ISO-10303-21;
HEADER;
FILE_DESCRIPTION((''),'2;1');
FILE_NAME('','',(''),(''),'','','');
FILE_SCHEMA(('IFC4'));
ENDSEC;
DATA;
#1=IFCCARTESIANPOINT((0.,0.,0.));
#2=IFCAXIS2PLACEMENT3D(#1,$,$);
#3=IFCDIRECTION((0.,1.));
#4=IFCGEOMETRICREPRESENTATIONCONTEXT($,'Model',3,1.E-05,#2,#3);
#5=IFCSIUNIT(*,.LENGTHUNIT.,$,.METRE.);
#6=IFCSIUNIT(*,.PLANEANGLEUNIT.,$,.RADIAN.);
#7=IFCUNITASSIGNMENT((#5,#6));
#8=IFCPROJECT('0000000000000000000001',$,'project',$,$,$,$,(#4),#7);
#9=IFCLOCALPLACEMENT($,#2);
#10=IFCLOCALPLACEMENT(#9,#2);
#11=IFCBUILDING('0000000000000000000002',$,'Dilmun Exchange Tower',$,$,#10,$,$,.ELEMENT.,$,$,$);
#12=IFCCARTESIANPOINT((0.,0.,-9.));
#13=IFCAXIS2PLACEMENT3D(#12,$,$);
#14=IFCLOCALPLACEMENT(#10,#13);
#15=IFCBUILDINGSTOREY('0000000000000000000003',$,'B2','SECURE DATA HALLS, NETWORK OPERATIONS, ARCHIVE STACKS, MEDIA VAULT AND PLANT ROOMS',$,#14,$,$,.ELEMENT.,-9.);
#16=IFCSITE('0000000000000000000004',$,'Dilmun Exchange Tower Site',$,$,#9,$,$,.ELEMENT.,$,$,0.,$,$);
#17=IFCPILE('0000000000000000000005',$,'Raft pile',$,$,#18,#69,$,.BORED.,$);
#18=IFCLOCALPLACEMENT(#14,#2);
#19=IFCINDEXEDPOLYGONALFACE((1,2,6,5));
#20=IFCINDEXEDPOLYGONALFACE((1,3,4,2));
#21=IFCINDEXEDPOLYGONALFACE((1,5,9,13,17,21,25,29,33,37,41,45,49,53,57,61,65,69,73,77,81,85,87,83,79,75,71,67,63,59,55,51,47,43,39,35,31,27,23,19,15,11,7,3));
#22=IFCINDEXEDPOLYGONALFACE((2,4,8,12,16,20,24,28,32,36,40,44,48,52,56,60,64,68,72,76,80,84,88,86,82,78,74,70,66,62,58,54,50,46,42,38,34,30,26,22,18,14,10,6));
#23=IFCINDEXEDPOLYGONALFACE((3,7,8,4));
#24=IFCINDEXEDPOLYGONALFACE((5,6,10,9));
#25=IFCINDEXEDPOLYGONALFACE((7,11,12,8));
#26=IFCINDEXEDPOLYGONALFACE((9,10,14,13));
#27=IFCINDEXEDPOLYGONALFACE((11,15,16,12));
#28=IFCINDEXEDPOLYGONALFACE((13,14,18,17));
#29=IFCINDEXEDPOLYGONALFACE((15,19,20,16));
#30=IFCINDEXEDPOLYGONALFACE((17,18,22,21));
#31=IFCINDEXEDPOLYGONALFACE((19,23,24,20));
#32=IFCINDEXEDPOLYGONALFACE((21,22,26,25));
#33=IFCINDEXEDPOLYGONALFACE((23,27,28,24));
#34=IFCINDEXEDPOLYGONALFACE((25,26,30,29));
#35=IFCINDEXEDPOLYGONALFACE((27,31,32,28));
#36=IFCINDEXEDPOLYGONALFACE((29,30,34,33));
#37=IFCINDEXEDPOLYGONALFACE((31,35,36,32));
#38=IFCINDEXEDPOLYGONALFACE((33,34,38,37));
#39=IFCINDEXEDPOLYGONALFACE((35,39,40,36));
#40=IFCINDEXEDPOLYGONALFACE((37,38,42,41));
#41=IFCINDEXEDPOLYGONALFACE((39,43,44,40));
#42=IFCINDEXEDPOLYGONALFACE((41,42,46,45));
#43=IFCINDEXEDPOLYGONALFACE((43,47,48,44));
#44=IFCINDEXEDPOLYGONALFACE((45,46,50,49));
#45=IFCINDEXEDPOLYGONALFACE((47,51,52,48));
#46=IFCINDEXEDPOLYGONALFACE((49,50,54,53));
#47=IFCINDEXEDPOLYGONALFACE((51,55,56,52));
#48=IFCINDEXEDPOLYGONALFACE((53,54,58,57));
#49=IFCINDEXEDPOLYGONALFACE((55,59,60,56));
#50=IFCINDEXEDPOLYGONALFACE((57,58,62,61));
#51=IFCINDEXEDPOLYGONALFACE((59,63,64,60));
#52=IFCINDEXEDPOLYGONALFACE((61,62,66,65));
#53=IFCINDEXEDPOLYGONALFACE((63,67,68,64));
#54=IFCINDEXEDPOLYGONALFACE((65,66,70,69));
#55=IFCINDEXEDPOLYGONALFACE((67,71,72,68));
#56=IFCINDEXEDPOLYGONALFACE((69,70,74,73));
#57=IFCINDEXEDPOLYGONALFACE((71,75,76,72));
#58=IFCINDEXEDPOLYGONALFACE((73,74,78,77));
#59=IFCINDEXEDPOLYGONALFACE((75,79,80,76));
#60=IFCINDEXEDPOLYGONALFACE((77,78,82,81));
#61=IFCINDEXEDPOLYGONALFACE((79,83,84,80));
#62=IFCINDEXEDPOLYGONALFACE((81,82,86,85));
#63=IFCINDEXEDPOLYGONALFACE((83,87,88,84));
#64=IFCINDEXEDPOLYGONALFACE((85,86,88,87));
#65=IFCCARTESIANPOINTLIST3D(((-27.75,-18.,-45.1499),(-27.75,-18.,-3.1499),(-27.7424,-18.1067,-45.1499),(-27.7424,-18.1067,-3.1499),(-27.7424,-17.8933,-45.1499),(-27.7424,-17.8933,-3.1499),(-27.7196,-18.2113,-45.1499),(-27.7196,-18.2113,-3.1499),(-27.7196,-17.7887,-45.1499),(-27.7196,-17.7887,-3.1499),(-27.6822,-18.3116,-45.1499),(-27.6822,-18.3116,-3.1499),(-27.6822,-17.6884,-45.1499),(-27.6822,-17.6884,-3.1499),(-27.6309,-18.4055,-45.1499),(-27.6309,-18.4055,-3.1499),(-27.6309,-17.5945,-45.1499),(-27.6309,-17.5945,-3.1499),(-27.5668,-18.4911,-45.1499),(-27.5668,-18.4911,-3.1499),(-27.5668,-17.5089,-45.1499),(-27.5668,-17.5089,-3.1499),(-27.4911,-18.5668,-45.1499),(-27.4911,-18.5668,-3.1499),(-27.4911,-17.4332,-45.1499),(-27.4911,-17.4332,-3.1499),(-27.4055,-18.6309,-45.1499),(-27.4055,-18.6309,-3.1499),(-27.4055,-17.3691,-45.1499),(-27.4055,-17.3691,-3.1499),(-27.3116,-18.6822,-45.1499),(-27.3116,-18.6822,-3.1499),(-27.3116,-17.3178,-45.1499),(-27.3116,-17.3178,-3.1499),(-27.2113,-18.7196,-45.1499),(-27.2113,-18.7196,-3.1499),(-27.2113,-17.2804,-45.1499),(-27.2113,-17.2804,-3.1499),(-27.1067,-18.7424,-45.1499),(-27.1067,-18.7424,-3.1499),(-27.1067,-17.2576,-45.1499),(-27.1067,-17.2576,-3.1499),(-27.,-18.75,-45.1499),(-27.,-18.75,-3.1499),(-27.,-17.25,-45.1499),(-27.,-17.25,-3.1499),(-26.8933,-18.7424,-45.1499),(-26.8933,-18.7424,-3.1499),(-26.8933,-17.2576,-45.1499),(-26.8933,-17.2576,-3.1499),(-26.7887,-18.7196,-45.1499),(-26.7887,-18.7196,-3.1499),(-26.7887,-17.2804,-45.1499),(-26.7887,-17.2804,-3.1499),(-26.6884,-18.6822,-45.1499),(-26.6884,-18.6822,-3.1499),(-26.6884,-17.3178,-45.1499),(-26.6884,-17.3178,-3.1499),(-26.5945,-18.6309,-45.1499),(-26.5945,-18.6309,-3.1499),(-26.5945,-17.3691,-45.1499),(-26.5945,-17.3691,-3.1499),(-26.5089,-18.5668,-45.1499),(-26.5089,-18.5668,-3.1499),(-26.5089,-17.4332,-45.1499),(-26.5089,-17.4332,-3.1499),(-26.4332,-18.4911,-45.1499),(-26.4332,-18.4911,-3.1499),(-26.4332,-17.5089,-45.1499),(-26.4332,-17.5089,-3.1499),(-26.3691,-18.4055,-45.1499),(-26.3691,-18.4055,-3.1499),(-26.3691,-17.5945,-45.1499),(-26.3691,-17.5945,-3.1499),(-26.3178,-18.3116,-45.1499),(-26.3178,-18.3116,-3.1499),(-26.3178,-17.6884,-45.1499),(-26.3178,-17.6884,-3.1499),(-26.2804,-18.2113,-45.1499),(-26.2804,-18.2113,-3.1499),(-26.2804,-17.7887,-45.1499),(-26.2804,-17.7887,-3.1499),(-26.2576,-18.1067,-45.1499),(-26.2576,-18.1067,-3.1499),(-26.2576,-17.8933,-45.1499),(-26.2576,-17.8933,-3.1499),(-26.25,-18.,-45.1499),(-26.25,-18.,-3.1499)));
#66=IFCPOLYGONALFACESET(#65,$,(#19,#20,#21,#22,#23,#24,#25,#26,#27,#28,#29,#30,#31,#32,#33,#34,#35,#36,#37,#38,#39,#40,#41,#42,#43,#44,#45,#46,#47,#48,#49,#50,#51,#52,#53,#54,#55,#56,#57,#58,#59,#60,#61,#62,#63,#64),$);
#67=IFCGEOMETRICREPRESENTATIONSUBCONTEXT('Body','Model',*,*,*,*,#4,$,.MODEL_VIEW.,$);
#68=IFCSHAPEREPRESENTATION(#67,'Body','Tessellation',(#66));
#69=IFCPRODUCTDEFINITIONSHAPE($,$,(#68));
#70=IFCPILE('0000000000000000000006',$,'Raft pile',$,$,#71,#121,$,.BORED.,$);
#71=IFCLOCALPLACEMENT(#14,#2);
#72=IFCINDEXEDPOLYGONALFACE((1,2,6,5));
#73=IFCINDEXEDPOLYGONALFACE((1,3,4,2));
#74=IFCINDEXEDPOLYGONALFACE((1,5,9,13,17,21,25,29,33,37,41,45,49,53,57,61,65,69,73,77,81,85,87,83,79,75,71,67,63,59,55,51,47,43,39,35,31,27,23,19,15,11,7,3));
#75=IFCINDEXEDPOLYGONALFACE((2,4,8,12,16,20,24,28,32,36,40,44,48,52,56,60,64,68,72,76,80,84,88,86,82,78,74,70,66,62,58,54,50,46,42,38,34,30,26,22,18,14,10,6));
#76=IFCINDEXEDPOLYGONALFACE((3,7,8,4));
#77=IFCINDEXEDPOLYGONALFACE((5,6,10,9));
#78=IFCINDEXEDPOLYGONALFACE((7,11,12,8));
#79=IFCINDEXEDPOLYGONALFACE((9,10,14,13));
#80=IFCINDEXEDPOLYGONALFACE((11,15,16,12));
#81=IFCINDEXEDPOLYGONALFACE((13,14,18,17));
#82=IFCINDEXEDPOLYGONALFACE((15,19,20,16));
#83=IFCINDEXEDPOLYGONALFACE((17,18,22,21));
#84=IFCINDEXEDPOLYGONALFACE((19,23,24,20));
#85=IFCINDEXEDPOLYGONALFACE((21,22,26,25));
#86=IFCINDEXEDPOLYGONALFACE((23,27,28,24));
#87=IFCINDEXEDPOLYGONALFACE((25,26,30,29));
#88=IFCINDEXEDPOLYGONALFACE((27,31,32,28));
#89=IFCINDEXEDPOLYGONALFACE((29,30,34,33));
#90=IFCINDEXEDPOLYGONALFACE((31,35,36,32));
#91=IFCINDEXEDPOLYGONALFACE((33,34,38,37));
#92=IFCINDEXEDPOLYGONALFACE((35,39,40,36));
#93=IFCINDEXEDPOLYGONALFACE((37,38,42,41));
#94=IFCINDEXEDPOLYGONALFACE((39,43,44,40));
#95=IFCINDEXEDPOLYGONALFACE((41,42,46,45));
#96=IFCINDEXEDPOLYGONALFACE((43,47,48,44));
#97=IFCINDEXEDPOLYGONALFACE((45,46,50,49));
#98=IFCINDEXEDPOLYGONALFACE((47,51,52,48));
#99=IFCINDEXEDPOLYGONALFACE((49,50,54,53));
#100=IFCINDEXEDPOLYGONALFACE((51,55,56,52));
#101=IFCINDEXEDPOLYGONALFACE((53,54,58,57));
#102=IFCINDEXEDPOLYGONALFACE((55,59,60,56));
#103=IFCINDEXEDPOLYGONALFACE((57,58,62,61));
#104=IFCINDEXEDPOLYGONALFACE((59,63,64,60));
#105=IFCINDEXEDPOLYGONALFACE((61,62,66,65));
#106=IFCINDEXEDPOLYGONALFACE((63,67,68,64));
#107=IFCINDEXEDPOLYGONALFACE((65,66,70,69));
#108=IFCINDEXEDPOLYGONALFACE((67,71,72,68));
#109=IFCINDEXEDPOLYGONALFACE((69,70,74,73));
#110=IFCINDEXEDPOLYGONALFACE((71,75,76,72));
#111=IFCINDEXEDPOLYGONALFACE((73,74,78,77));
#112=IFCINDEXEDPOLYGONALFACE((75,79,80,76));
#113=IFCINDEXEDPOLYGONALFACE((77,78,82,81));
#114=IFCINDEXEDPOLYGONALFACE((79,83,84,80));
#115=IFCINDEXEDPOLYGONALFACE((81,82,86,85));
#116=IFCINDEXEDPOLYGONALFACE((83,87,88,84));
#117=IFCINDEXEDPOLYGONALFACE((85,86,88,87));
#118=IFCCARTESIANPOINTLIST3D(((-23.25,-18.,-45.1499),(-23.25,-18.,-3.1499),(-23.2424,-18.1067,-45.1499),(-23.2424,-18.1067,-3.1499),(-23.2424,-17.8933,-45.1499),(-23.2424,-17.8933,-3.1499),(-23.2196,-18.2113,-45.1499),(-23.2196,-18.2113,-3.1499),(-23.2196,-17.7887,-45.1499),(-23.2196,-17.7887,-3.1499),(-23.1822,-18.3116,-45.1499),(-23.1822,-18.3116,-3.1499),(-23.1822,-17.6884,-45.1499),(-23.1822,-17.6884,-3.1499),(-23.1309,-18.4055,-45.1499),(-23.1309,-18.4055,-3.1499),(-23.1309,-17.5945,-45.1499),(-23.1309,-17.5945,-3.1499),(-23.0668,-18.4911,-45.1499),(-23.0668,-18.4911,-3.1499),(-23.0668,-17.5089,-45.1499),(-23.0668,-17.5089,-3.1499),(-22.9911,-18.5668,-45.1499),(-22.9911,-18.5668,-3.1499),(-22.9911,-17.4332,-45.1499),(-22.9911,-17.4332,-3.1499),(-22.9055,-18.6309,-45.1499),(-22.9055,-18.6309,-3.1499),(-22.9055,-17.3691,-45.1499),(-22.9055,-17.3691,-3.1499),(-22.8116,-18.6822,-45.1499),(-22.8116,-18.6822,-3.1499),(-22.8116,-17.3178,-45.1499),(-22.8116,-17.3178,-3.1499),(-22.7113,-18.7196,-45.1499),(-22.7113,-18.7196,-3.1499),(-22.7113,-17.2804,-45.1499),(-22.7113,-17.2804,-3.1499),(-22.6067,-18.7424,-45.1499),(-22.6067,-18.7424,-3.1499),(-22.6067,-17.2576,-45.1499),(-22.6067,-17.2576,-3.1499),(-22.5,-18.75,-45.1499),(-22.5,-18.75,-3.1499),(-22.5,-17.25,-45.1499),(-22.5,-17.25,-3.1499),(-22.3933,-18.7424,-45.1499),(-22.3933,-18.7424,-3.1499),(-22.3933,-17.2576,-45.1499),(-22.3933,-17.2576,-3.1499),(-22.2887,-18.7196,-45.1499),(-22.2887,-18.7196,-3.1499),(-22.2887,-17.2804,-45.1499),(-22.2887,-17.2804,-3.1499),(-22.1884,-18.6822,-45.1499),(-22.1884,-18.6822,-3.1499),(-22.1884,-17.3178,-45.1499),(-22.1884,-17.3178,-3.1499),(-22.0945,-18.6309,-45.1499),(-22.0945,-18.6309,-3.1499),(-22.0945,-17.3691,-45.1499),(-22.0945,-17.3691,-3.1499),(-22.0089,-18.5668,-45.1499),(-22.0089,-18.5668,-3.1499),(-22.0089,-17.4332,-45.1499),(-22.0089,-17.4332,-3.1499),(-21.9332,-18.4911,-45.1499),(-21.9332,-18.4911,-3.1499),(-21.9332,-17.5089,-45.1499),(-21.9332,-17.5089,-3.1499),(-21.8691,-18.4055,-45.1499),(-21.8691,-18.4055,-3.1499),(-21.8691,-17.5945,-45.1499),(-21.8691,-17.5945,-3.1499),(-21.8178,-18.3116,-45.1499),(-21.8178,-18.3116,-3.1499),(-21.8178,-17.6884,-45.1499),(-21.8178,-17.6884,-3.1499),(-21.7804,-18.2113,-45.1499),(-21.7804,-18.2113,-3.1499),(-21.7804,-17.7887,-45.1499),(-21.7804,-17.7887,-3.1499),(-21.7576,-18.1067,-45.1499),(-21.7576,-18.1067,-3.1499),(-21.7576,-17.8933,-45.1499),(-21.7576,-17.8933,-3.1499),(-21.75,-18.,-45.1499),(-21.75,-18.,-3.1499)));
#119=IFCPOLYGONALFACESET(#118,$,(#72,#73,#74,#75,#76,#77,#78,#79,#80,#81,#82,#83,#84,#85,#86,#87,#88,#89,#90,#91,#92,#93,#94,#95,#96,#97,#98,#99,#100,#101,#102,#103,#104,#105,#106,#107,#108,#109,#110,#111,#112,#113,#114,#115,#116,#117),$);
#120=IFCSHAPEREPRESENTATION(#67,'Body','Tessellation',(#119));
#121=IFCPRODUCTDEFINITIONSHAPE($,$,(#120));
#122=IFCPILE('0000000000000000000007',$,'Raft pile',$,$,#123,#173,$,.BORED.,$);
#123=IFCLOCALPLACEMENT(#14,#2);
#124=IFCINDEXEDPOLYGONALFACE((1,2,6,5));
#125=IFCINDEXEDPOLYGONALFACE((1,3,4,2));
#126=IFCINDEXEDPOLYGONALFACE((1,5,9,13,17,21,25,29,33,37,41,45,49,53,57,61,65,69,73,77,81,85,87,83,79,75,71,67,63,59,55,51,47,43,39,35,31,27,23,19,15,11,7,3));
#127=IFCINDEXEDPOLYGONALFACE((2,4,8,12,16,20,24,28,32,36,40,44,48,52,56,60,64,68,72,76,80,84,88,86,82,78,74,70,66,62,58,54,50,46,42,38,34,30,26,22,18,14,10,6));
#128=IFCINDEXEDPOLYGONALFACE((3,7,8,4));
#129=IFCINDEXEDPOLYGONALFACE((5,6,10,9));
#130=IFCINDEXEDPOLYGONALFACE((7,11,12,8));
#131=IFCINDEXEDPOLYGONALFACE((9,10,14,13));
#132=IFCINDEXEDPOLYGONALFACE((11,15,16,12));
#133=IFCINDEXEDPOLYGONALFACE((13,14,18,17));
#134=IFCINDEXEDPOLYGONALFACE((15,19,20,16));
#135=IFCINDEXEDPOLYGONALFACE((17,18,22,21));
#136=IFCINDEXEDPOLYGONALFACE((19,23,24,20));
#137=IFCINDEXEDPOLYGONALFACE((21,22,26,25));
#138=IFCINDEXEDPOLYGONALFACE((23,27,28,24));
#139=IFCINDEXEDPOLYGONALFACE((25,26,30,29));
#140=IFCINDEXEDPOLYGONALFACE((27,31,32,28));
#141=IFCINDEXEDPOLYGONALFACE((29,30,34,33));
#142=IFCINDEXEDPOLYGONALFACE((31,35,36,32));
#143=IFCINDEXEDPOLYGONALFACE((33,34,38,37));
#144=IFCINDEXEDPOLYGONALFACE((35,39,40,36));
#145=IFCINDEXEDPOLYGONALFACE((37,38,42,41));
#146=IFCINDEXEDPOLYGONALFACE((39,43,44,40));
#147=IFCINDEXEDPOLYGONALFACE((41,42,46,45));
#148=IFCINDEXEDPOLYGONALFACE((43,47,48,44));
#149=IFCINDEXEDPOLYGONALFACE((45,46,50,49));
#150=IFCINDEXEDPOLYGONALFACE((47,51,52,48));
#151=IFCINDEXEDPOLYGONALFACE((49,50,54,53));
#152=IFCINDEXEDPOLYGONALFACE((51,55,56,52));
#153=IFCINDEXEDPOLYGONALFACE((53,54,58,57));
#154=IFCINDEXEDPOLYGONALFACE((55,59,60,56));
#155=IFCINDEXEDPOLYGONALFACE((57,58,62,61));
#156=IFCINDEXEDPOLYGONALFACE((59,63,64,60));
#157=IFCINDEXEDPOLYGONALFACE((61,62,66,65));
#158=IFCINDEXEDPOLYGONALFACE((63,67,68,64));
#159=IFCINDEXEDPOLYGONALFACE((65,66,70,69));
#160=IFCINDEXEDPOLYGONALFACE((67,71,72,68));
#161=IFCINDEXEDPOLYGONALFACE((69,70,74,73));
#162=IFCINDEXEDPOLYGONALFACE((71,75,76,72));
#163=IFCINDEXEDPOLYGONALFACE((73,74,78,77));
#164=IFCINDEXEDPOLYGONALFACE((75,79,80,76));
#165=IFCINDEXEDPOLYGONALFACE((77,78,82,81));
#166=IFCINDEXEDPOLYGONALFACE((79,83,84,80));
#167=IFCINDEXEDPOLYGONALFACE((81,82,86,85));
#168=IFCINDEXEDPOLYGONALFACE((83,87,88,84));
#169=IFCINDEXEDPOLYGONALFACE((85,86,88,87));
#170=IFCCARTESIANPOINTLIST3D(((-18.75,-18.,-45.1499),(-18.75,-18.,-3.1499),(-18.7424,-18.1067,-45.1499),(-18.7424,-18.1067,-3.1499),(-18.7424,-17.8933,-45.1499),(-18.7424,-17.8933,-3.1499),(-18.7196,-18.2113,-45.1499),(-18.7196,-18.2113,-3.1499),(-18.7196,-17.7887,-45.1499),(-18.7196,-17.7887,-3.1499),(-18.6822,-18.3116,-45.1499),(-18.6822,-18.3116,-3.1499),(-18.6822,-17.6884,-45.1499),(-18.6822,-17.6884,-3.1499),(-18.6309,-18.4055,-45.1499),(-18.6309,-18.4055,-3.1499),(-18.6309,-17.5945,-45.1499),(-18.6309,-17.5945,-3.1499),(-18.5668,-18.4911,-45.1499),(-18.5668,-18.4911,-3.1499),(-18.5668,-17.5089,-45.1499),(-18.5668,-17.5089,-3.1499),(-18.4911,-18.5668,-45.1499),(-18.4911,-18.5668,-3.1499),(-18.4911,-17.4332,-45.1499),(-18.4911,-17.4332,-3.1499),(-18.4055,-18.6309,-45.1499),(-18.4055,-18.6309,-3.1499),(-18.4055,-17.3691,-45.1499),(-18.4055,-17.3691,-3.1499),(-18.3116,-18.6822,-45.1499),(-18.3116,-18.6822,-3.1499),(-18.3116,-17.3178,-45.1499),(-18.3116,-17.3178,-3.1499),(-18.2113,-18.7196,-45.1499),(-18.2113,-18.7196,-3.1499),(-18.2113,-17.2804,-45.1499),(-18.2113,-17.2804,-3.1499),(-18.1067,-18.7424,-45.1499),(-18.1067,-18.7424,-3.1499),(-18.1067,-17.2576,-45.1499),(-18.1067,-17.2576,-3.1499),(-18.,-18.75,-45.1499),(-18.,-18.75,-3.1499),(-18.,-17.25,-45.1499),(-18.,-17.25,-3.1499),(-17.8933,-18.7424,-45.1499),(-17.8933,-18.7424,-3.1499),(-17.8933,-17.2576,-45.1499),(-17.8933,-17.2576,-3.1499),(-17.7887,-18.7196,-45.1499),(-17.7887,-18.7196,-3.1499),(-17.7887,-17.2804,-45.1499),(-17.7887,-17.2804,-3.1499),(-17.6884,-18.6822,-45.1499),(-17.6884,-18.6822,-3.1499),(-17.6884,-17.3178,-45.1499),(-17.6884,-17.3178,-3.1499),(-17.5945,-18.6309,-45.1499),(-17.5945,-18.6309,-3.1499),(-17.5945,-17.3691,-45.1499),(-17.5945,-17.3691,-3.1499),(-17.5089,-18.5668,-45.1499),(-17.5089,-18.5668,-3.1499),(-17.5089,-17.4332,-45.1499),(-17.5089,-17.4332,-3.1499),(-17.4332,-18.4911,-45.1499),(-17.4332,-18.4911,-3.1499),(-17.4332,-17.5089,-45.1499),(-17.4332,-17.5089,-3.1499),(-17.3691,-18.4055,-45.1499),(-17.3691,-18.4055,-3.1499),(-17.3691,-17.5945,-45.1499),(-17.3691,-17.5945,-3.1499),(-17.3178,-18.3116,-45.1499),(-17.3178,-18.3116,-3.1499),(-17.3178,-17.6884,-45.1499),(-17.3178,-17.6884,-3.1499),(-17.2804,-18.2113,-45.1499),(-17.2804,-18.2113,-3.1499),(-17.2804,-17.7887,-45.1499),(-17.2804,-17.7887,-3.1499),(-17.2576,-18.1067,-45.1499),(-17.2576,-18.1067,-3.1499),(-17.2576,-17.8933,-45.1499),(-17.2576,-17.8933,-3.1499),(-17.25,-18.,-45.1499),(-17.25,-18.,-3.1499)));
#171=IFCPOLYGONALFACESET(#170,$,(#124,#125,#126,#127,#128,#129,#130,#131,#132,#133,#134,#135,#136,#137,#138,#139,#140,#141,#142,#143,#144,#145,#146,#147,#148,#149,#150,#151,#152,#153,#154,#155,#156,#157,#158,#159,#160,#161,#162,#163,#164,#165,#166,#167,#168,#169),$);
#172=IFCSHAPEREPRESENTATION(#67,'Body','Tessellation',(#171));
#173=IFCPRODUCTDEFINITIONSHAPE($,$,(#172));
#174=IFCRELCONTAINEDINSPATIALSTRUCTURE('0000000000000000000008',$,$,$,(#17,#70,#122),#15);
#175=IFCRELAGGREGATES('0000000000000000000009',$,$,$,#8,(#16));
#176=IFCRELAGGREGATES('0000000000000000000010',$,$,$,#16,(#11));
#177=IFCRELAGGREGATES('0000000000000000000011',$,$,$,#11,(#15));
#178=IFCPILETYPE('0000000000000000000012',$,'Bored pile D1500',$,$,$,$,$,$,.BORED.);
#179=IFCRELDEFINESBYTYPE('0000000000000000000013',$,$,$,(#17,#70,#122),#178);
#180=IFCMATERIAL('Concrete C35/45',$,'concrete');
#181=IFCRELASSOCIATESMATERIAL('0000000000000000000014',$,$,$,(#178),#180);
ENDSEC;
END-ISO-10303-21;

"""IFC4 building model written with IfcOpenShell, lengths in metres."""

from ifc_helpers import new_model, si_unit, direction, frame, origin, origin_2d, place, context, subcontext, project, spatial, circle, extrude, material, material_profile, profile_set, type_object, element, save


model = new_model("IFC4")

# Units and contexts
model_context = context("Model", 3, precision=1e-05, world=origin(), true_north=direction((0.0, 1.0)))
body_context = subcontext(model_context, "Body", "Model", "MODEL_VIEW")
ifc_project = project(units=[si_unit("LENGTHUNIT", "METRE"), si_unit("PLANEANGLEUNIT", "RADIAN")], contexts=[model_context])

# Site, building, storey
site_placement = place(None, origin())
site = spatial("IfcSite", under=ifc_project, at=site_placement, Name="Dilmun Exchange Tower Site", CompositionType="ELEMENT", RefElevation=0.0)
building_placement = place(site_placement, origin())
building = spatial("IfcBuilding", under=site, at=building_placement, Name="Dilmun Exchange Tower", CompositionType="ELEMENT")
storey_placement = place(building_placement, frame((0.0, 0.0, -9.0)))
storey = spatial("IfcBuildingStorey", under=building, at=storey_placement, Name="B2", Description="SECURE DATA HALLS, NETWORK OPERATIONS, ARCHIVE STACKS, MEDIA VAULT AND PLANT ROOMS", CompositionType="ELEMENT", Elevation=-9.0)

# Piles
ifc_material_1 = material(Name="Concrete C35/45", Category="concrete")
ifc_material_profile_1 = material_profile(ifc_material_1, circle(Radius=0.75, at=origin_2d()), Name="D1500")
ifc_profile_set_1 = profile_set([ifc_material_profile_1], Name="Concrete C35/45")
pile_type = type_object("IfcPileType", Name="Bored pile D1500", PredefinedType="BORED", material=ifc_profile_set_1)
for number, where, z_axis, x_axis, name in (
    (1, (-27.0, -18.0, -3.1499), (0.0, 0.0, -1.0), (1.0, 0.0, 0.0), "Raft pile"),
    (2, (-22.5, -18.0, -3.1499), (0.0, 0.0, -1.0), (1.0, 0.0, 0.0), "Raft pile"),
    (3, (-18.0, -18.0, -3.1499), (0.0, 0.0, -1.0), (1.0, 0.0, 0.0), "Raft pile"),
):
    element("IfcPile", number, at=place(storey_placement, frame(where, z_axis=z_axis, x_axis=x_axis)), inside=storey, type_object=pile_type, Name=name, PredefinedType="BORED", context=body_context, shape_type="SweptSolid", body=[
        extrude(circle(Radius=0.75, at=origin_2d()), origin(), (0.0, 0.0, 1.0), 42.0),
    ])

save(model, "model.ifc")
